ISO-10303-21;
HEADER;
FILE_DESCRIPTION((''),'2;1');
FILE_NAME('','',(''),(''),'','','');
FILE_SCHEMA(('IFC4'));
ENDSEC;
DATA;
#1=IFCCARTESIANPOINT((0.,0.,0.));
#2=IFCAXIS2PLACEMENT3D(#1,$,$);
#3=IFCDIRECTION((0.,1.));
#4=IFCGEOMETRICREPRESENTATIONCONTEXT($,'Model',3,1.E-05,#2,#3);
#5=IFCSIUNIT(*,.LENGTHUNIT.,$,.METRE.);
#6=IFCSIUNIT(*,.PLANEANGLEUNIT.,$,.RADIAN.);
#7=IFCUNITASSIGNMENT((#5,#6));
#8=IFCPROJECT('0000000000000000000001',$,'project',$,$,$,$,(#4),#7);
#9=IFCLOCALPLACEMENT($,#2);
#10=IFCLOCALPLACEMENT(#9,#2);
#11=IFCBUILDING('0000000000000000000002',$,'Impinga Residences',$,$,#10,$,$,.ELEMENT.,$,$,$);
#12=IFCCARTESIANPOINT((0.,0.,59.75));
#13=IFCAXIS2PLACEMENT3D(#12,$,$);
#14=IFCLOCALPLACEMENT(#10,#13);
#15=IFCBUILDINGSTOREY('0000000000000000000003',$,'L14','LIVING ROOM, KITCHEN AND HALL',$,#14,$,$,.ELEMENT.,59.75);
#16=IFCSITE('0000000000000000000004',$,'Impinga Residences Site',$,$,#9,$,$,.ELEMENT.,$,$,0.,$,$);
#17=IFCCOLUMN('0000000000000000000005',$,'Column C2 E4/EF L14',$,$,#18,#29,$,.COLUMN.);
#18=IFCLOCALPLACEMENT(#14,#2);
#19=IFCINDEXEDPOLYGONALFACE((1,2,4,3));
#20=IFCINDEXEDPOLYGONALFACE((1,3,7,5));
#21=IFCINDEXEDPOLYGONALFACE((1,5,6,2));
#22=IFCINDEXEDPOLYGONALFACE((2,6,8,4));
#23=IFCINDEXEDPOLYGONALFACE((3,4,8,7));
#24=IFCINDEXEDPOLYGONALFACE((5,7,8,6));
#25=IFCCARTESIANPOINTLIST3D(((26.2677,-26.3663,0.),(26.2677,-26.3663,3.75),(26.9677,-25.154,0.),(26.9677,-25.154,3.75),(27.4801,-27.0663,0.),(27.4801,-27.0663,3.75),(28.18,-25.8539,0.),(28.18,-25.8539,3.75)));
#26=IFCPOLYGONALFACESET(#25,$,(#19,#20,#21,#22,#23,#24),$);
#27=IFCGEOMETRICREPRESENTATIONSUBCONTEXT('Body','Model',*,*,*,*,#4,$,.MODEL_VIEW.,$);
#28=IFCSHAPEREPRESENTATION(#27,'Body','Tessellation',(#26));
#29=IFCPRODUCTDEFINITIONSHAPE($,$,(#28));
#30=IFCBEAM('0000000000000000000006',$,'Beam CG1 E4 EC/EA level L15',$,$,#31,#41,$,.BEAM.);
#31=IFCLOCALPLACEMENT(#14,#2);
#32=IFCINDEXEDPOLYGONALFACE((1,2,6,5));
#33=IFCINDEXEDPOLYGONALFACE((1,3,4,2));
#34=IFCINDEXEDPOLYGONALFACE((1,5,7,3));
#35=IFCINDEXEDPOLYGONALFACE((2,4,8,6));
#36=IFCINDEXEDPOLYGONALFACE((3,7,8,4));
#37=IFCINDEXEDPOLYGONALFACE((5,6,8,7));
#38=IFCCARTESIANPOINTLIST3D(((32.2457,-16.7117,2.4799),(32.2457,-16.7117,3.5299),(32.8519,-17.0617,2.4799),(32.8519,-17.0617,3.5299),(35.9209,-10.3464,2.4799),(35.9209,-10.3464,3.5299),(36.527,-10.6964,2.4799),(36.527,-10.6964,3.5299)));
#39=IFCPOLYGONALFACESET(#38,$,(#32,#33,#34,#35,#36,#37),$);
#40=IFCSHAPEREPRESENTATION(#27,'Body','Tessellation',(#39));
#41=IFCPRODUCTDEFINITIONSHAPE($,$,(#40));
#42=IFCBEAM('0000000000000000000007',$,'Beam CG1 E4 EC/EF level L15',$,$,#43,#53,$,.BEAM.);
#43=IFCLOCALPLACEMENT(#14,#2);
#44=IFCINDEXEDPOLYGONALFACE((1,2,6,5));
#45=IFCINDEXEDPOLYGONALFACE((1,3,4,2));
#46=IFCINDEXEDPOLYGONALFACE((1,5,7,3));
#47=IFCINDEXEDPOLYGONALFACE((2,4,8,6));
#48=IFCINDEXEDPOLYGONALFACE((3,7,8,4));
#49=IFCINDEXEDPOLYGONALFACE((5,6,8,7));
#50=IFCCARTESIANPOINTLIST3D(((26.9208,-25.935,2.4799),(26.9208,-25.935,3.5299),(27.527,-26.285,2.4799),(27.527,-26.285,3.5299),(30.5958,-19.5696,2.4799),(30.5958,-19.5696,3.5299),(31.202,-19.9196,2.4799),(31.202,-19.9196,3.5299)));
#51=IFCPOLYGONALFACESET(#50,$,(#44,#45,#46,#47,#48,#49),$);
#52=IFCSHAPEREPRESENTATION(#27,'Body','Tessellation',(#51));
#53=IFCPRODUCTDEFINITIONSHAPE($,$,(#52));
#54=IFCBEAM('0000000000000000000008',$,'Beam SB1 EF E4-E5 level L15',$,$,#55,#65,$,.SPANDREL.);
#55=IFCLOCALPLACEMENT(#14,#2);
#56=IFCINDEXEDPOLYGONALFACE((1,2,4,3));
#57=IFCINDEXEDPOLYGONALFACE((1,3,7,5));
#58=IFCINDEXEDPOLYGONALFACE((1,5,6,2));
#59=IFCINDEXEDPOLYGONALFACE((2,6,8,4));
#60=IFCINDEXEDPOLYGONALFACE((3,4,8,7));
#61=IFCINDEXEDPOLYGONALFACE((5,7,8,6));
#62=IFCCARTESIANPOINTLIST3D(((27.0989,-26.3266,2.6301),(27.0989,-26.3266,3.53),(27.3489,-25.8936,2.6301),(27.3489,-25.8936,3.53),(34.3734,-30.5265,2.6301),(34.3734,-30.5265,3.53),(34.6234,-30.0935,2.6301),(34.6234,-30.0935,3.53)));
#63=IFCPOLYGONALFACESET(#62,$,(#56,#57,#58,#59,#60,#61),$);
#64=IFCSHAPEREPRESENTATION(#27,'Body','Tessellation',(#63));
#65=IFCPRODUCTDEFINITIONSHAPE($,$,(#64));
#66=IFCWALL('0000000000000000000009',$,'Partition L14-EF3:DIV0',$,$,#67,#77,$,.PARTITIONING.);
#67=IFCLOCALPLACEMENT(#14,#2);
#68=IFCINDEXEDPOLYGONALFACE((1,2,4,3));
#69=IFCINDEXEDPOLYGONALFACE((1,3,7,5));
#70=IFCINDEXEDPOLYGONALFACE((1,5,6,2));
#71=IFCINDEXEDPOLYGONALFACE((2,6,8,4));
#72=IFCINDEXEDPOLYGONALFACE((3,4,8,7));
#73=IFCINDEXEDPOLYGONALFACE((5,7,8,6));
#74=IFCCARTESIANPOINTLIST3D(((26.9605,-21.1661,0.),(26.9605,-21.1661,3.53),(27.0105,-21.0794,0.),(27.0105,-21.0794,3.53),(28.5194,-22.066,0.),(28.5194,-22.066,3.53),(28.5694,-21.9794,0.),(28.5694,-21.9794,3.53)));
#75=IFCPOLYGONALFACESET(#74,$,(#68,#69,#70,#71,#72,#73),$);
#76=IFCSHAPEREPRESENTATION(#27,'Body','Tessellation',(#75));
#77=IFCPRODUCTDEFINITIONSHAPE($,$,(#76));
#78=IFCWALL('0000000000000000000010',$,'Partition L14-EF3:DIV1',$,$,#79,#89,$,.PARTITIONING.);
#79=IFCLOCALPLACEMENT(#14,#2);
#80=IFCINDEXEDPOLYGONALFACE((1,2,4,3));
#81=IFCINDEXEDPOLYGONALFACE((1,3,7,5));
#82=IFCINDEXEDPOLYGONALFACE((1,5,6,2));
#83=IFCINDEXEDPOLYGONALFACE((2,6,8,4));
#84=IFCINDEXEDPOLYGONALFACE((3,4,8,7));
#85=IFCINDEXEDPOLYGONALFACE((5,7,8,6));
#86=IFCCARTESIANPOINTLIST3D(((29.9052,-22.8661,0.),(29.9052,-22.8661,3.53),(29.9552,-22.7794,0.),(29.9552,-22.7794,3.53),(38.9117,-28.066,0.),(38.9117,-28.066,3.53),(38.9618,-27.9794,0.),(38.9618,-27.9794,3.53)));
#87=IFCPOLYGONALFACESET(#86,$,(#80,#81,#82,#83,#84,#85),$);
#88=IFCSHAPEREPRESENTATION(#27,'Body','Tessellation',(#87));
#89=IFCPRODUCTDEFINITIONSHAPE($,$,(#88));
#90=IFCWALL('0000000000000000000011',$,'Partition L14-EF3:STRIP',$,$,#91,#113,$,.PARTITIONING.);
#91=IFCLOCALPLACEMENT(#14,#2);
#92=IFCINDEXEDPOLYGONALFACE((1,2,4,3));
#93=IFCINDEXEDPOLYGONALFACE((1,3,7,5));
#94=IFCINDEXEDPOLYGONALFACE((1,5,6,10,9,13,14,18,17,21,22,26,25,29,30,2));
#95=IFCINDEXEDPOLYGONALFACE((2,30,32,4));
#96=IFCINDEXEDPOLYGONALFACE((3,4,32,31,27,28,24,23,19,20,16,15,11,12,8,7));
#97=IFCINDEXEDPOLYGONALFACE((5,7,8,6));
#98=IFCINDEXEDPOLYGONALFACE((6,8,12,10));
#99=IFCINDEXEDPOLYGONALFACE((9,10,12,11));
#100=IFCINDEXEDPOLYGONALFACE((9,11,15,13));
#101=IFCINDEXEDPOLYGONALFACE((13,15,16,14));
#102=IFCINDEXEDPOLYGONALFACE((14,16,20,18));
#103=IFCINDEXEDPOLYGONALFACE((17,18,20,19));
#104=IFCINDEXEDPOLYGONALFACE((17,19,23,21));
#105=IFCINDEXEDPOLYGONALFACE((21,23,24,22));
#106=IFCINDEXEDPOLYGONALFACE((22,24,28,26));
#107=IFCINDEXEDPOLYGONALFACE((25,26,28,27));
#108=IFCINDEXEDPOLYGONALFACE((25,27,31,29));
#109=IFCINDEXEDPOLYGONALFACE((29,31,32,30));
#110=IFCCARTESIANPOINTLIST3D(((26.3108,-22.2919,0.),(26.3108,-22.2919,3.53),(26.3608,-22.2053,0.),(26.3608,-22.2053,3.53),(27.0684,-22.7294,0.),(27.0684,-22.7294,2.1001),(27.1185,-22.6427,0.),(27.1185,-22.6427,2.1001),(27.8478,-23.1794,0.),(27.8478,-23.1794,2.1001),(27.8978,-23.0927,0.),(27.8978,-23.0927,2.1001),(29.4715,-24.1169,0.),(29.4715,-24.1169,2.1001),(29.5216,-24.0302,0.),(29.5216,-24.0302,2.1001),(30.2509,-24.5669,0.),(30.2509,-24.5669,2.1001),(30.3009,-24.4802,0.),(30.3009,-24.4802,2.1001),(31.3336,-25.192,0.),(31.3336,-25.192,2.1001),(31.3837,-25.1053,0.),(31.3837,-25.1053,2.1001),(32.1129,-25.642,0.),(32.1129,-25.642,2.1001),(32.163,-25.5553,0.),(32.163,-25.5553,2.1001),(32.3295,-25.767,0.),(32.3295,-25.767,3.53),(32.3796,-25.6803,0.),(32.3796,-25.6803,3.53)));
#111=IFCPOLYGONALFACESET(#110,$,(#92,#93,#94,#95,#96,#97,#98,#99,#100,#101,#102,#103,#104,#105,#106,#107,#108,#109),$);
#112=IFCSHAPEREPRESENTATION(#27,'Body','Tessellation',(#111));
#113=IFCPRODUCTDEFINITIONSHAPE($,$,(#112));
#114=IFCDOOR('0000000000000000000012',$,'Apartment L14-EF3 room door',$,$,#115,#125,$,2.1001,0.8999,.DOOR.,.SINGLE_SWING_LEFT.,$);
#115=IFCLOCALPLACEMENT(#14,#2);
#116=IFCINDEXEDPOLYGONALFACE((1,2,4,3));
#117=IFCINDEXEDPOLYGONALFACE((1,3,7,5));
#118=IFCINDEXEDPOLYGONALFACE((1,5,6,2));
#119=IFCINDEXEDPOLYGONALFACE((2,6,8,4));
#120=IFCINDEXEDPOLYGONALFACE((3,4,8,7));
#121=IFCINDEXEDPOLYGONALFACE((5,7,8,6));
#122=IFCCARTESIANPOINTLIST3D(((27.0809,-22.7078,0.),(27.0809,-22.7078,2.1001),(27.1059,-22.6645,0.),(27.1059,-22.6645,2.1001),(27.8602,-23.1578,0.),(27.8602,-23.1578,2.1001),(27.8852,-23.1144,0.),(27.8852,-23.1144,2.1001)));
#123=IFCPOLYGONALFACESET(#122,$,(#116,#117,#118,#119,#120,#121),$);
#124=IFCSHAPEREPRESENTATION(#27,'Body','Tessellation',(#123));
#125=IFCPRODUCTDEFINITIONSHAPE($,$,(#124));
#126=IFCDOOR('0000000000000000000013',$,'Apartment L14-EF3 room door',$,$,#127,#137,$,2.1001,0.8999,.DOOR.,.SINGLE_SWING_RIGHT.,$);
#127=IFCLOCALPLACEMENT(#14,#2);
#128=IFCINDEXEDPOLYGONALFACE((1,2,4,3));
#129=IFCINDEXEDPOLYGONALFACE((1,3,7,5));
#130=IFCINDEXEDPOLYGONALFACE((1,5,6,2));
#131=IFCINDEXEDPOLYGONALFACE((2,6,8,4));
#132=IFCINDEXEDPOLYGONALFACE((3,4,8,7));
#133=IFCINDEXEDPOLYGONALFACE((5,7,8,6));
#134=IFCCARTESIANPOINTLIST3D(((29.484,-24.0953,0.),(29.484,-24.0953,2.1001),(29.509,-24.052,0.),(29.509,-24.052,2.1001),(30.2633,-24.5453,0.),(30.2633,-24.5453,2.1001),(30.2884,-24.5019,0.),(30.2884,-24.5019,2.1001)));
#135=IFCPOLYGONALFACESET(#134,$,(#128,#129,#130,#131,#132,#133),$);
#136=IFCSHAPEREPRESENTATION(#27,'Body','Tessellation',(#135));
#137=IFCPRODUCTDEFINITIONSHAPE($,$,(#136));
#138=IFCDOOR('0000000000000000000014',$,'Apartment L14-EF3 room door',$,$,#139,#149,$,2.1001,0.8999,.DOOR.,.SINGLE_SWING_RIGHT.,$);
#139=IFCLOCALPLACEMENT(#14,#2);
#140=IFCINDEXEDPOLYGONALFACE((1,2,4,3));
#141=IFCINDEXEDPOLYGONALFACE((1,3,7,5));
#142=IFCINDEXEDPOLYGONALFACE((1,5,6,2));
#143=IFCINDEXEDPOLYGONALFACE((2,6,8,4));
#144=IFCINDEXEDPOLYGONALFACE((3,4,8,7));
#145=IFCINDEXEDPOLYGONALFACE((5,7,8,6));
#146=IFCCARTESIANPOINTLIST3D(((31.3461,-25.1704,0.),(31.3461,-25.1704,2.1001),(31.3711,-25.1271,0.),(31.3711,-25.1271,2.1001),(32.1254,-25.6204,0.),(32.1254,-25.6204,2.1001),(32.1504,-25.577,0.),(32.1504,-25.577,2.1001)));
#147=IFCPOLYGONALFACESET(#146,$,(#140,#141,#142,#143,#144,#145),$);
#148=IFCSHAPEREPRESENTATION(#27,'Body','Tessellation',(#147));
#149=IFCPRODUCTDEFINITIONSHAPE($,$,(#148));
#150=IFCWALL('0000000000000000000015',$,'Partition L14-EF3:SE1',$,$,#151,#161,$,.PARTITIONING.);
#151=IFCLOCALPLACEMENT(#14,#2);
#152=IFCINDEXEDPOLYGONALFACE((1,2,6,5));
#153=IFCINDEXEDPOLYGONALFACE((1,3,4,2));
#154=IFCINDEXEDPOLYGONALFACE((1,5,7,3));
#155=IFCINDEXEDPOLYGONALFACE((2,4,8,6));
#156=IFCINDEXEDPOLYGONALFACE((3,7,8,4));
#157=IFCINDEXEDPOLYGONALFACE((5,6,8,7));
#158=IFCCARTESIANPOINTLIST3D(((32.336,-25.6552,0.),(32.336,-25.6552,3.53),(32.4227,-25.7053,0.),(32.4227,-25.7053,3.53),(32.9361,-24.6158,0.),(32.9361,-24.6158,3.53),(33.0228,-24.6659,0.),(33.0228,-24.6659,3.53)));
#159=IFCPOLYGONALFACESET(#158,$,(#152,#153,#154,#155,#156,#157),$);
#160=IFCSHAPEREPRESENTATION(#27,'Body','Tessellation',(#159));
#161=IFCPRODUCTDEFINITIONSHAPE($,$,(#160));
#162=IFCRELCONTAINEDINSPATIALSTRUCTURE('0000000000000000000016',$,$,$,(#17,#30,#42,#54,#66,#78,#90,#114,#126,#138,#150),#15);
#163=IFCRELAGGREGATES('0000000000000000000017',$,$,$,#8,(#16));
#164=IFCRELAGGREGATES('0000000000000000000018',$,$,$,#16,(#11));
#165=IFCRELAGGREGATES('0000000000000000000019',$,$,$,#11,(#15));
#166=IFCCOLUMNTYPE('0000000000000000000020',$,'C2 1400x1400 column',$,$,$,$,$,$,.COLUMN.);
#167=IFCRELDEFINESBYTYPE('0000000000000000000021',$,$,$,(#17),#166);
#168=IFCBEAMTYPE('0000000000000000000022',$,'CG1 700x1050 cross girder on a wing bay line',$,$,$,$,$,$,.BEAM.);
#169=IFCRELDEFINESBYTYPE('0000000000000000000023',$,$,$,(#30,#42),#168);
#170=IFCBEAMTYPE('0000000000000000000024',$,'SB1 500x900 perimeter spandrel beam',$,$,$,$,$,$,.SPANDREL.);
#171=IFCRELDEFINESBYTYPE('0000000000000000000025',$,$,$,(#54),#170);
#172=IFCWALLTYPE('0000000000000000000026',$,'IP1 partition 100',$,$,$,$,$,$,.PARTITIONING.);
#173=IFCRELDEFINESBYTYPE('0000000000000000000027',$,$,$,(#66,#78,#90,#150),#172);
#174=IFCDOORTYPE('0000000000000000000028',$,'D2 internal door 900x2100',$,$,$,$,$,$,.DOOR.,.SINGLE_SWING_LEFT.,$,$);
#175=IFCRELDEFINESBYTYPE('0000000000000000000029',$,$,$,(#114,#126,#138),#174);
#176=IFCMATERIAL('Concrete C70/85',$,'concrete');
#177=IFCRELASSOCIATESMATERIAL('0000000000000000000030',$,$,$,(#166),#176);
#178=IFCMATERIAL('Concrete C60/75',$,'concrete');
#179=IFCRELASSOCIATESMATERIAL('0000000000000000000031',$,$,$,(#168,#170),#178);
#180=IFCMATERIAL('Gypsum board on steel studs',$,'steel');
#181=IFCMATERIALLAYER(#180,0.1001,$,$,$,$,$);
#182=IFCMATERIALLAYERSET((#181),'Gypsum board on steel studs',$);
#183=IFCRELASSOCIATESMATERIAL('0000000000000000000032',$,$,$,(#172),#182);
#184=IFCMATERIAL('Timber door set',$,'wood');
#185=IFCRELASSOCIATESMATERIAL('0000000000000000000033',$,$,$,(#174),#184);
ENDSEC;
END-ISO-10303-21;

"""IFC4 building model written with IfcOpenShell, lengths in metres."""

from ifc_helpers import new_model, si_unit, direction, frame, frame_2d, origin, origin_2d, place, context, subcontext, project, spatial, rectangle, extrude, material, layer, layer_set, material_profile, profile_set, type_object, element, fill, save


model = new_model("IFC4")

# Units and contexts
model_context = context("Model", 3, precision=1e-05, world=origin(), true_north=direction((0.0, 1.0)))
body_context = subcontext(model_context, "Body", "Model", "MODEL_VIEW")
ifc_project = project(units=[si_unit("LENGTHUNIT", "METRE"), si_unit("PLANEANGLEUNIT", "RADIAN")], contexts=[model_context])

# Site, building, storey
site_placement = place(None, origin())
site = spatial("IfcSite", under=ifc_project, at=site_placement, Name="Impinga Residences Site", CompositionType="ELEMENT", RefElevation=0.0)
building_placement = place(site_placement, origin())
building = spatial("IfcBuilding", under=site, at=building_placement, Name="Impinga Residences", CompositionType="ELEMENT")
storey_placement = place(building_placement, frame((0.0, 0.0, 59.75)))
storey = spatial("IfcBuildingStorey", under=building, at=storey_placement, Name="L14", Description="LIVING ROOM, KITCHEN AND HALL", CompositionType="ELEMENT", Elevation=59.75)

# Column
ifc_material_1 = material(Name="Concrete C70/85", Category="concrete")
ifc_material_profile_1 = material_profile(ifc_material_1, rectangle(XDim=1.3999, YDim=1.3999, at=origin_2d()), Name="RC 1400x1400")
ifc_profile_set_1 = profile_set([ifc_material_profile_1], Name="Concrete C70/85")
column_type = type_object("IfcColumnType", Name="C2 1400x1400 column", PredefinedType="COLUMN", material=ifc_profile_set_1)
column_placement = place(storey_placement, frame((27.2239, -26.1101, 0.0), z_axis=(0.0, 0.0, 1.0), x_axis=(-0.5, -0.866025, 0.0)))
element("IfcColumn", 1, at=column_placement, inside=storey, type_object=column_type, Name="Column C2 E4/EF L14", PredefinedType="COLUMN", context=body_context, shape_type="SweptSolid", body=[
    extrude(rectangle(XDim=1.3999, YDim=1.3999, at=origin_2d()), origin(), (0.0, 0.0, 1.0), 3.75),
])

# Beams
ifc_material_2 = material(Name="Concrete C60/75", Category="concrete")
ifc_material_profile_2 = material_profile(ifc_material_2, rectangle(XDim=0.7, YDim=1.05, at=origin_2d()), Name="RC 700x1050")
ifc_profile_set_2 = profile_set([ifc_material_profile_2], Name="Concrete C60/75")
beam_type_1 = type_object("IfcBeamType", Name="CG1 700x1050 cross girder on a wing bay line", PredefinedType="BEAM", material=ifc_profile_set_2)
for number, where, z_axis, x_axis, name in (
    (2, (32.5488, -16.8867, 3.0049), (0.500008, 0.866021, 0.0), (-0.866021, 0.500008, 0.0), "Beam CG1 E4 EC/EA level L15"),
    (3, (30.8989, -19.7446, 3.0049), (-0.499994, -0.866029, 0.0), (0.866029, -0.499994, 0.0), "Beam CG1 E4 EC/EF level L15"),
):
    element("IfcBeam", number, at=place(storey_placement, frame(where, z_axis=z_axis, x_axis=x_axis)), inside=storey, type_object=beam_type_1, Name=name, PredefinedType="BEAM", context=body_context, shape_type="SweptSolid", body=[
        extrude(rectangle(XDim=0.7, YDim=1.05, at=origin_2d()), origin(), (0.0, 0.0, 1.0), 7.3501),
    ])
ifc_material_profile_3 = material_profile(ifc_material_2, rectangle(XDim=0.5, YDim=0.8999, at=origin_2d()), Name="RC 500x900")
ifc_profile_set_3 = profile_set([ifc_material_profile_3], Name="Concrete C60/75")
beam_type_2 = type_object("IfcBeamType", Name="SB1 500x900 perimeter spandrel beam", PredefinedType="SPANDREL", material=ifc_profile_set_3)
beam_placement = place(storey_placement, frame((27.2239, -26.1101, 3.0801), z_axis=(0.866029, -0.499993, 0.0), x_axis=(0.499993, 0.866029, 0.0)))
element("IfcBeam", 4, at=beam_placement, inside=storey, type_object=beam_type_2, Name="Beam SB1 EF E4-E5 level L15", PredefinedType="SPANDREL", context=body_context, shape_type="SweptSolid", body=[
    extrude(rectangle(XDim=0.5, YDim=0.8999, at=origin_2d()), origin(), (0.0, 0.0, 1.0), 8.3999),
])

# Walls
ifc_material_3 = material(Name="Gypsum board on steel studs", Category="steel")
ifc_layer_1 = layer(ifc_material_3, 0.1001)
ifc_layer_set_1 = layer_set([ifc_layer_1], Name="Gypsum board on steel studs")
wall_type_1 = type_object("IfcWallType", Name="IP1 partition 100", PredefinedType="PARTITIONING", material=ifc_layer_set_1)
wall_1_placement = place(storey_placement, frame((26.9856, -21.1228, 0.0), z_axis=(0.0, 0.0, 1.0), x_axis=(0.866048, -0.499961, 0.0)))
element("IfcWall", 5, at=wall_1_placement, inside=storey, type_object=wall_type_1, Name="Partition L14-EF3:DIV0", PredefinedType="PARTITIONING", context=body_context, shape_type="SweptSolid", body=[
    extrude(rectangle(XDim=1.8, YDim=0.1001, at=frame_2d((0.8999, 0.0))), origin(), (0.0, 0.0, 1.0), 3.53),
])
wall_2_placement = place(storey_placement, frame((29.9302, -22.8228, 0.0), z_axis=(0.0, 0.0, 1.0), x_axis=(0.866026, -0.499999, 0.0)))
element("IfcWall", 6, at=wall_2_placement, inside=storey, type_object=wall_type_1, Name="Partition L14-EF3:DIV1", PredefinedType="PARTITIONING", context=body_context, shape_type="SweptSolid", body=[
    extrude(rectangle(XDim=10.3999, YDim=0.1001, at=frame_2d((5.2, 0.0))), origin(), (0.0, 0.0, 1.0), 3.53),
])

# Wall, openings, doors
wall_3_placement = place(storey_placement, frame((26.3357, -22.2485, 0.0), z_axis=(0.0, 0.0, 1.0), x_axis=(0.866017, -0.500015, 0.0)))
wall_3 = element("IfcWall", 7, at=wall_3_placement, inside=storey, type_object=wall_type_1, Name="Partition L14-EF3:STRIP", PredefinedType="PARTITIONING", context=body_context, shape_type="SweptSolid", body=[
    extrude(rectangle(XDim=6.95, YDim=0.1001, at=frame_2d((3.4751, 0.0))), origin(), (0.0, 0.0, 1.0), 3.53),
])
opening_1_placement = place(wall_3_placement, frame((0.875, 0.0, 0.0)))
opening_1 = element("IfcOpeningElement", 8, at=opening_1_placement, cuts=wall_3, PredefinedType="OPENING", context=body_context, shape_type="SweptSolid", body=[
    extrude(rectangle(XDim=0.8999, YDim=2.1001, at=frame_2d((0.45, 1.05))), frame((0.0, 0.0601, 0.0), z_axis=(0.0, -1.0, 0.0), x_axis=(1.0, 0.0, 0.0)), (0.0, 0.0, 1.0), 0.1201),
])
opening_2_placement = place(wall_3_placement, frame((3.6499, 0.0, 0.0)))
opening_2 = element("IfcOpeningElement", 9, at=opening_2_placement, cuts=wall_3, PredefinedType="OPENING", context=body_context, shape_type="SweptSolid", body=[
    extrude(rectangle(XDim=0.8999, YDim=2.1001, at=frame_2d((0.45, 1.05))), frame((0.0, 0.0601, 0.0), z_axis=(0.0, -1.0, 0.0), x_axis=(1.0, 0.0, 0.0)), (0.0, 0.0, 1.0), 0.1201),
])
opening_3_placement = place(wall_3_placement, frame((5.8, 0.0, 0.0)))
opening_3 = element("IfcOpeningElement", 10, at=opening_3_placement, cuts=wall_3, PredefinedType="OPENING", context=body_context, shape_type="SweptSolid", body=[
    extrude(rectangle(XDim=0.8999, YDim=2.1001, at=frame_2d((0.45, 1.05))), frame((0.0, 0.0601, 0.0), z_axis=(0.0, -1.0, 0.0), x_axis=(1.0, 0.0, 0.0)), (0.0, 0.0, 1.0), 0.1201),
])
ifc_material_4 = material(Name="Timber door set", Category="wood")
door_type = type_object("IfcDoorType", Name="D2 internal door 900x2100", OperationType="SINGLE_SWING_LEFT", PredefinedType="DOOR", material=ifc_material_4)
door_1_placement = place(opening_1_placement, origin())
door_1 = element("IfcDoor", 11, at=door_1_placement, inside=storey, type_object=door_type, Name="Apartment L14-EF3 room door", OperationType="SINGLE_SWING_LEFT", OverallHeight=2.1001, OverallWidth=0.8999, PredefinedType="DOOR", context=body_context, shape_type="SweptSolid", body=[
    extrude(rectangle(XDim=0.8999, YDim=2.1001, at=frame_2d((0.45, 1.05))), frame((0.0, 0.0249, 0.0), z_axis=(0.0, -1.0, 0.0), x_axis=(1.0, 0.0, 0.0)), (0.0, 0.0, 1.0), 0.05),
])
fill(opening_1, door_1)
door_2_placement = place(opening_2_placement, origin())
door_2 = element("IfcDoor", 12, at=door_2_placement, inside=storey, type_object=door_type, Name="Apartment L14-EF3 room door", OperationType="SINGLE_SWING_RIGHT", OverallHeight=2.1001, OverallWidth=0.8999, PredefinedType="DOOR", context=body_context, shape_type="SweptSolid", body=[
    extrude(rectangle(XDim=0.8999, YDim=2.1001, at=frame_2d((0.45, 1.05))), frame((0.0, 0.0249, 0.0), z_axis=(0.0, -1.0, 0.0), x_axis=(1.0, 0.0, 0.0)), (0.0, 0.0, 1.0), 0.05),
])
fill(opening_2, door_2)
door_3_placement = place(opening_3_placement, origin())
door_3 = element("IfcDoor", 13, at=door_3_placement, inside=storey, type_object=door_type, Name="Apartment L14-EF3 room door", OperationType="SINGLE_SWING_RIGHT", OverallHeight=2.1001, OverallWidth=0.8999, PredefinedType="DOOR", context=body_context, shape_type="SweptSolid", body=[
    extrude(rectangle(XDim=0.8999, YDim=2.1001, at=frame_2d((0.45, 1.05))), frame((0.0, 0.0249, 0.0), z_axis=(0.0, -1.0, 0.0), x_axis=(1.0, 0.0, 0.0)), (0.0, 0.0, 1.0), 0.05),
])
fill(opening_3, door_3)

# Wall
wall_4_placement = place(storey_placement, frame((32.9795, -24.6409, 0.0), z_axis=(0.0, 0.0, 1.0), x_axis=(-0.500034, -0.866006, 0.0)))
element("IfcWall", 14, at=wall_4_placement, inside=storey, type_object=wall_type_1, Name="Partition L14-EF3:SE1", PredefinedType="PARTITIONING", context=body_context, shape_type="SweptSolid", body=[
    extrude(rectangle(XDim=1.2002, YDim=0.1001, at=frame_2d((0.6001, 0.0))), origin(), (0.0, 0.0, 1.0), 3.53),
])

save(model, "model.ifc")
